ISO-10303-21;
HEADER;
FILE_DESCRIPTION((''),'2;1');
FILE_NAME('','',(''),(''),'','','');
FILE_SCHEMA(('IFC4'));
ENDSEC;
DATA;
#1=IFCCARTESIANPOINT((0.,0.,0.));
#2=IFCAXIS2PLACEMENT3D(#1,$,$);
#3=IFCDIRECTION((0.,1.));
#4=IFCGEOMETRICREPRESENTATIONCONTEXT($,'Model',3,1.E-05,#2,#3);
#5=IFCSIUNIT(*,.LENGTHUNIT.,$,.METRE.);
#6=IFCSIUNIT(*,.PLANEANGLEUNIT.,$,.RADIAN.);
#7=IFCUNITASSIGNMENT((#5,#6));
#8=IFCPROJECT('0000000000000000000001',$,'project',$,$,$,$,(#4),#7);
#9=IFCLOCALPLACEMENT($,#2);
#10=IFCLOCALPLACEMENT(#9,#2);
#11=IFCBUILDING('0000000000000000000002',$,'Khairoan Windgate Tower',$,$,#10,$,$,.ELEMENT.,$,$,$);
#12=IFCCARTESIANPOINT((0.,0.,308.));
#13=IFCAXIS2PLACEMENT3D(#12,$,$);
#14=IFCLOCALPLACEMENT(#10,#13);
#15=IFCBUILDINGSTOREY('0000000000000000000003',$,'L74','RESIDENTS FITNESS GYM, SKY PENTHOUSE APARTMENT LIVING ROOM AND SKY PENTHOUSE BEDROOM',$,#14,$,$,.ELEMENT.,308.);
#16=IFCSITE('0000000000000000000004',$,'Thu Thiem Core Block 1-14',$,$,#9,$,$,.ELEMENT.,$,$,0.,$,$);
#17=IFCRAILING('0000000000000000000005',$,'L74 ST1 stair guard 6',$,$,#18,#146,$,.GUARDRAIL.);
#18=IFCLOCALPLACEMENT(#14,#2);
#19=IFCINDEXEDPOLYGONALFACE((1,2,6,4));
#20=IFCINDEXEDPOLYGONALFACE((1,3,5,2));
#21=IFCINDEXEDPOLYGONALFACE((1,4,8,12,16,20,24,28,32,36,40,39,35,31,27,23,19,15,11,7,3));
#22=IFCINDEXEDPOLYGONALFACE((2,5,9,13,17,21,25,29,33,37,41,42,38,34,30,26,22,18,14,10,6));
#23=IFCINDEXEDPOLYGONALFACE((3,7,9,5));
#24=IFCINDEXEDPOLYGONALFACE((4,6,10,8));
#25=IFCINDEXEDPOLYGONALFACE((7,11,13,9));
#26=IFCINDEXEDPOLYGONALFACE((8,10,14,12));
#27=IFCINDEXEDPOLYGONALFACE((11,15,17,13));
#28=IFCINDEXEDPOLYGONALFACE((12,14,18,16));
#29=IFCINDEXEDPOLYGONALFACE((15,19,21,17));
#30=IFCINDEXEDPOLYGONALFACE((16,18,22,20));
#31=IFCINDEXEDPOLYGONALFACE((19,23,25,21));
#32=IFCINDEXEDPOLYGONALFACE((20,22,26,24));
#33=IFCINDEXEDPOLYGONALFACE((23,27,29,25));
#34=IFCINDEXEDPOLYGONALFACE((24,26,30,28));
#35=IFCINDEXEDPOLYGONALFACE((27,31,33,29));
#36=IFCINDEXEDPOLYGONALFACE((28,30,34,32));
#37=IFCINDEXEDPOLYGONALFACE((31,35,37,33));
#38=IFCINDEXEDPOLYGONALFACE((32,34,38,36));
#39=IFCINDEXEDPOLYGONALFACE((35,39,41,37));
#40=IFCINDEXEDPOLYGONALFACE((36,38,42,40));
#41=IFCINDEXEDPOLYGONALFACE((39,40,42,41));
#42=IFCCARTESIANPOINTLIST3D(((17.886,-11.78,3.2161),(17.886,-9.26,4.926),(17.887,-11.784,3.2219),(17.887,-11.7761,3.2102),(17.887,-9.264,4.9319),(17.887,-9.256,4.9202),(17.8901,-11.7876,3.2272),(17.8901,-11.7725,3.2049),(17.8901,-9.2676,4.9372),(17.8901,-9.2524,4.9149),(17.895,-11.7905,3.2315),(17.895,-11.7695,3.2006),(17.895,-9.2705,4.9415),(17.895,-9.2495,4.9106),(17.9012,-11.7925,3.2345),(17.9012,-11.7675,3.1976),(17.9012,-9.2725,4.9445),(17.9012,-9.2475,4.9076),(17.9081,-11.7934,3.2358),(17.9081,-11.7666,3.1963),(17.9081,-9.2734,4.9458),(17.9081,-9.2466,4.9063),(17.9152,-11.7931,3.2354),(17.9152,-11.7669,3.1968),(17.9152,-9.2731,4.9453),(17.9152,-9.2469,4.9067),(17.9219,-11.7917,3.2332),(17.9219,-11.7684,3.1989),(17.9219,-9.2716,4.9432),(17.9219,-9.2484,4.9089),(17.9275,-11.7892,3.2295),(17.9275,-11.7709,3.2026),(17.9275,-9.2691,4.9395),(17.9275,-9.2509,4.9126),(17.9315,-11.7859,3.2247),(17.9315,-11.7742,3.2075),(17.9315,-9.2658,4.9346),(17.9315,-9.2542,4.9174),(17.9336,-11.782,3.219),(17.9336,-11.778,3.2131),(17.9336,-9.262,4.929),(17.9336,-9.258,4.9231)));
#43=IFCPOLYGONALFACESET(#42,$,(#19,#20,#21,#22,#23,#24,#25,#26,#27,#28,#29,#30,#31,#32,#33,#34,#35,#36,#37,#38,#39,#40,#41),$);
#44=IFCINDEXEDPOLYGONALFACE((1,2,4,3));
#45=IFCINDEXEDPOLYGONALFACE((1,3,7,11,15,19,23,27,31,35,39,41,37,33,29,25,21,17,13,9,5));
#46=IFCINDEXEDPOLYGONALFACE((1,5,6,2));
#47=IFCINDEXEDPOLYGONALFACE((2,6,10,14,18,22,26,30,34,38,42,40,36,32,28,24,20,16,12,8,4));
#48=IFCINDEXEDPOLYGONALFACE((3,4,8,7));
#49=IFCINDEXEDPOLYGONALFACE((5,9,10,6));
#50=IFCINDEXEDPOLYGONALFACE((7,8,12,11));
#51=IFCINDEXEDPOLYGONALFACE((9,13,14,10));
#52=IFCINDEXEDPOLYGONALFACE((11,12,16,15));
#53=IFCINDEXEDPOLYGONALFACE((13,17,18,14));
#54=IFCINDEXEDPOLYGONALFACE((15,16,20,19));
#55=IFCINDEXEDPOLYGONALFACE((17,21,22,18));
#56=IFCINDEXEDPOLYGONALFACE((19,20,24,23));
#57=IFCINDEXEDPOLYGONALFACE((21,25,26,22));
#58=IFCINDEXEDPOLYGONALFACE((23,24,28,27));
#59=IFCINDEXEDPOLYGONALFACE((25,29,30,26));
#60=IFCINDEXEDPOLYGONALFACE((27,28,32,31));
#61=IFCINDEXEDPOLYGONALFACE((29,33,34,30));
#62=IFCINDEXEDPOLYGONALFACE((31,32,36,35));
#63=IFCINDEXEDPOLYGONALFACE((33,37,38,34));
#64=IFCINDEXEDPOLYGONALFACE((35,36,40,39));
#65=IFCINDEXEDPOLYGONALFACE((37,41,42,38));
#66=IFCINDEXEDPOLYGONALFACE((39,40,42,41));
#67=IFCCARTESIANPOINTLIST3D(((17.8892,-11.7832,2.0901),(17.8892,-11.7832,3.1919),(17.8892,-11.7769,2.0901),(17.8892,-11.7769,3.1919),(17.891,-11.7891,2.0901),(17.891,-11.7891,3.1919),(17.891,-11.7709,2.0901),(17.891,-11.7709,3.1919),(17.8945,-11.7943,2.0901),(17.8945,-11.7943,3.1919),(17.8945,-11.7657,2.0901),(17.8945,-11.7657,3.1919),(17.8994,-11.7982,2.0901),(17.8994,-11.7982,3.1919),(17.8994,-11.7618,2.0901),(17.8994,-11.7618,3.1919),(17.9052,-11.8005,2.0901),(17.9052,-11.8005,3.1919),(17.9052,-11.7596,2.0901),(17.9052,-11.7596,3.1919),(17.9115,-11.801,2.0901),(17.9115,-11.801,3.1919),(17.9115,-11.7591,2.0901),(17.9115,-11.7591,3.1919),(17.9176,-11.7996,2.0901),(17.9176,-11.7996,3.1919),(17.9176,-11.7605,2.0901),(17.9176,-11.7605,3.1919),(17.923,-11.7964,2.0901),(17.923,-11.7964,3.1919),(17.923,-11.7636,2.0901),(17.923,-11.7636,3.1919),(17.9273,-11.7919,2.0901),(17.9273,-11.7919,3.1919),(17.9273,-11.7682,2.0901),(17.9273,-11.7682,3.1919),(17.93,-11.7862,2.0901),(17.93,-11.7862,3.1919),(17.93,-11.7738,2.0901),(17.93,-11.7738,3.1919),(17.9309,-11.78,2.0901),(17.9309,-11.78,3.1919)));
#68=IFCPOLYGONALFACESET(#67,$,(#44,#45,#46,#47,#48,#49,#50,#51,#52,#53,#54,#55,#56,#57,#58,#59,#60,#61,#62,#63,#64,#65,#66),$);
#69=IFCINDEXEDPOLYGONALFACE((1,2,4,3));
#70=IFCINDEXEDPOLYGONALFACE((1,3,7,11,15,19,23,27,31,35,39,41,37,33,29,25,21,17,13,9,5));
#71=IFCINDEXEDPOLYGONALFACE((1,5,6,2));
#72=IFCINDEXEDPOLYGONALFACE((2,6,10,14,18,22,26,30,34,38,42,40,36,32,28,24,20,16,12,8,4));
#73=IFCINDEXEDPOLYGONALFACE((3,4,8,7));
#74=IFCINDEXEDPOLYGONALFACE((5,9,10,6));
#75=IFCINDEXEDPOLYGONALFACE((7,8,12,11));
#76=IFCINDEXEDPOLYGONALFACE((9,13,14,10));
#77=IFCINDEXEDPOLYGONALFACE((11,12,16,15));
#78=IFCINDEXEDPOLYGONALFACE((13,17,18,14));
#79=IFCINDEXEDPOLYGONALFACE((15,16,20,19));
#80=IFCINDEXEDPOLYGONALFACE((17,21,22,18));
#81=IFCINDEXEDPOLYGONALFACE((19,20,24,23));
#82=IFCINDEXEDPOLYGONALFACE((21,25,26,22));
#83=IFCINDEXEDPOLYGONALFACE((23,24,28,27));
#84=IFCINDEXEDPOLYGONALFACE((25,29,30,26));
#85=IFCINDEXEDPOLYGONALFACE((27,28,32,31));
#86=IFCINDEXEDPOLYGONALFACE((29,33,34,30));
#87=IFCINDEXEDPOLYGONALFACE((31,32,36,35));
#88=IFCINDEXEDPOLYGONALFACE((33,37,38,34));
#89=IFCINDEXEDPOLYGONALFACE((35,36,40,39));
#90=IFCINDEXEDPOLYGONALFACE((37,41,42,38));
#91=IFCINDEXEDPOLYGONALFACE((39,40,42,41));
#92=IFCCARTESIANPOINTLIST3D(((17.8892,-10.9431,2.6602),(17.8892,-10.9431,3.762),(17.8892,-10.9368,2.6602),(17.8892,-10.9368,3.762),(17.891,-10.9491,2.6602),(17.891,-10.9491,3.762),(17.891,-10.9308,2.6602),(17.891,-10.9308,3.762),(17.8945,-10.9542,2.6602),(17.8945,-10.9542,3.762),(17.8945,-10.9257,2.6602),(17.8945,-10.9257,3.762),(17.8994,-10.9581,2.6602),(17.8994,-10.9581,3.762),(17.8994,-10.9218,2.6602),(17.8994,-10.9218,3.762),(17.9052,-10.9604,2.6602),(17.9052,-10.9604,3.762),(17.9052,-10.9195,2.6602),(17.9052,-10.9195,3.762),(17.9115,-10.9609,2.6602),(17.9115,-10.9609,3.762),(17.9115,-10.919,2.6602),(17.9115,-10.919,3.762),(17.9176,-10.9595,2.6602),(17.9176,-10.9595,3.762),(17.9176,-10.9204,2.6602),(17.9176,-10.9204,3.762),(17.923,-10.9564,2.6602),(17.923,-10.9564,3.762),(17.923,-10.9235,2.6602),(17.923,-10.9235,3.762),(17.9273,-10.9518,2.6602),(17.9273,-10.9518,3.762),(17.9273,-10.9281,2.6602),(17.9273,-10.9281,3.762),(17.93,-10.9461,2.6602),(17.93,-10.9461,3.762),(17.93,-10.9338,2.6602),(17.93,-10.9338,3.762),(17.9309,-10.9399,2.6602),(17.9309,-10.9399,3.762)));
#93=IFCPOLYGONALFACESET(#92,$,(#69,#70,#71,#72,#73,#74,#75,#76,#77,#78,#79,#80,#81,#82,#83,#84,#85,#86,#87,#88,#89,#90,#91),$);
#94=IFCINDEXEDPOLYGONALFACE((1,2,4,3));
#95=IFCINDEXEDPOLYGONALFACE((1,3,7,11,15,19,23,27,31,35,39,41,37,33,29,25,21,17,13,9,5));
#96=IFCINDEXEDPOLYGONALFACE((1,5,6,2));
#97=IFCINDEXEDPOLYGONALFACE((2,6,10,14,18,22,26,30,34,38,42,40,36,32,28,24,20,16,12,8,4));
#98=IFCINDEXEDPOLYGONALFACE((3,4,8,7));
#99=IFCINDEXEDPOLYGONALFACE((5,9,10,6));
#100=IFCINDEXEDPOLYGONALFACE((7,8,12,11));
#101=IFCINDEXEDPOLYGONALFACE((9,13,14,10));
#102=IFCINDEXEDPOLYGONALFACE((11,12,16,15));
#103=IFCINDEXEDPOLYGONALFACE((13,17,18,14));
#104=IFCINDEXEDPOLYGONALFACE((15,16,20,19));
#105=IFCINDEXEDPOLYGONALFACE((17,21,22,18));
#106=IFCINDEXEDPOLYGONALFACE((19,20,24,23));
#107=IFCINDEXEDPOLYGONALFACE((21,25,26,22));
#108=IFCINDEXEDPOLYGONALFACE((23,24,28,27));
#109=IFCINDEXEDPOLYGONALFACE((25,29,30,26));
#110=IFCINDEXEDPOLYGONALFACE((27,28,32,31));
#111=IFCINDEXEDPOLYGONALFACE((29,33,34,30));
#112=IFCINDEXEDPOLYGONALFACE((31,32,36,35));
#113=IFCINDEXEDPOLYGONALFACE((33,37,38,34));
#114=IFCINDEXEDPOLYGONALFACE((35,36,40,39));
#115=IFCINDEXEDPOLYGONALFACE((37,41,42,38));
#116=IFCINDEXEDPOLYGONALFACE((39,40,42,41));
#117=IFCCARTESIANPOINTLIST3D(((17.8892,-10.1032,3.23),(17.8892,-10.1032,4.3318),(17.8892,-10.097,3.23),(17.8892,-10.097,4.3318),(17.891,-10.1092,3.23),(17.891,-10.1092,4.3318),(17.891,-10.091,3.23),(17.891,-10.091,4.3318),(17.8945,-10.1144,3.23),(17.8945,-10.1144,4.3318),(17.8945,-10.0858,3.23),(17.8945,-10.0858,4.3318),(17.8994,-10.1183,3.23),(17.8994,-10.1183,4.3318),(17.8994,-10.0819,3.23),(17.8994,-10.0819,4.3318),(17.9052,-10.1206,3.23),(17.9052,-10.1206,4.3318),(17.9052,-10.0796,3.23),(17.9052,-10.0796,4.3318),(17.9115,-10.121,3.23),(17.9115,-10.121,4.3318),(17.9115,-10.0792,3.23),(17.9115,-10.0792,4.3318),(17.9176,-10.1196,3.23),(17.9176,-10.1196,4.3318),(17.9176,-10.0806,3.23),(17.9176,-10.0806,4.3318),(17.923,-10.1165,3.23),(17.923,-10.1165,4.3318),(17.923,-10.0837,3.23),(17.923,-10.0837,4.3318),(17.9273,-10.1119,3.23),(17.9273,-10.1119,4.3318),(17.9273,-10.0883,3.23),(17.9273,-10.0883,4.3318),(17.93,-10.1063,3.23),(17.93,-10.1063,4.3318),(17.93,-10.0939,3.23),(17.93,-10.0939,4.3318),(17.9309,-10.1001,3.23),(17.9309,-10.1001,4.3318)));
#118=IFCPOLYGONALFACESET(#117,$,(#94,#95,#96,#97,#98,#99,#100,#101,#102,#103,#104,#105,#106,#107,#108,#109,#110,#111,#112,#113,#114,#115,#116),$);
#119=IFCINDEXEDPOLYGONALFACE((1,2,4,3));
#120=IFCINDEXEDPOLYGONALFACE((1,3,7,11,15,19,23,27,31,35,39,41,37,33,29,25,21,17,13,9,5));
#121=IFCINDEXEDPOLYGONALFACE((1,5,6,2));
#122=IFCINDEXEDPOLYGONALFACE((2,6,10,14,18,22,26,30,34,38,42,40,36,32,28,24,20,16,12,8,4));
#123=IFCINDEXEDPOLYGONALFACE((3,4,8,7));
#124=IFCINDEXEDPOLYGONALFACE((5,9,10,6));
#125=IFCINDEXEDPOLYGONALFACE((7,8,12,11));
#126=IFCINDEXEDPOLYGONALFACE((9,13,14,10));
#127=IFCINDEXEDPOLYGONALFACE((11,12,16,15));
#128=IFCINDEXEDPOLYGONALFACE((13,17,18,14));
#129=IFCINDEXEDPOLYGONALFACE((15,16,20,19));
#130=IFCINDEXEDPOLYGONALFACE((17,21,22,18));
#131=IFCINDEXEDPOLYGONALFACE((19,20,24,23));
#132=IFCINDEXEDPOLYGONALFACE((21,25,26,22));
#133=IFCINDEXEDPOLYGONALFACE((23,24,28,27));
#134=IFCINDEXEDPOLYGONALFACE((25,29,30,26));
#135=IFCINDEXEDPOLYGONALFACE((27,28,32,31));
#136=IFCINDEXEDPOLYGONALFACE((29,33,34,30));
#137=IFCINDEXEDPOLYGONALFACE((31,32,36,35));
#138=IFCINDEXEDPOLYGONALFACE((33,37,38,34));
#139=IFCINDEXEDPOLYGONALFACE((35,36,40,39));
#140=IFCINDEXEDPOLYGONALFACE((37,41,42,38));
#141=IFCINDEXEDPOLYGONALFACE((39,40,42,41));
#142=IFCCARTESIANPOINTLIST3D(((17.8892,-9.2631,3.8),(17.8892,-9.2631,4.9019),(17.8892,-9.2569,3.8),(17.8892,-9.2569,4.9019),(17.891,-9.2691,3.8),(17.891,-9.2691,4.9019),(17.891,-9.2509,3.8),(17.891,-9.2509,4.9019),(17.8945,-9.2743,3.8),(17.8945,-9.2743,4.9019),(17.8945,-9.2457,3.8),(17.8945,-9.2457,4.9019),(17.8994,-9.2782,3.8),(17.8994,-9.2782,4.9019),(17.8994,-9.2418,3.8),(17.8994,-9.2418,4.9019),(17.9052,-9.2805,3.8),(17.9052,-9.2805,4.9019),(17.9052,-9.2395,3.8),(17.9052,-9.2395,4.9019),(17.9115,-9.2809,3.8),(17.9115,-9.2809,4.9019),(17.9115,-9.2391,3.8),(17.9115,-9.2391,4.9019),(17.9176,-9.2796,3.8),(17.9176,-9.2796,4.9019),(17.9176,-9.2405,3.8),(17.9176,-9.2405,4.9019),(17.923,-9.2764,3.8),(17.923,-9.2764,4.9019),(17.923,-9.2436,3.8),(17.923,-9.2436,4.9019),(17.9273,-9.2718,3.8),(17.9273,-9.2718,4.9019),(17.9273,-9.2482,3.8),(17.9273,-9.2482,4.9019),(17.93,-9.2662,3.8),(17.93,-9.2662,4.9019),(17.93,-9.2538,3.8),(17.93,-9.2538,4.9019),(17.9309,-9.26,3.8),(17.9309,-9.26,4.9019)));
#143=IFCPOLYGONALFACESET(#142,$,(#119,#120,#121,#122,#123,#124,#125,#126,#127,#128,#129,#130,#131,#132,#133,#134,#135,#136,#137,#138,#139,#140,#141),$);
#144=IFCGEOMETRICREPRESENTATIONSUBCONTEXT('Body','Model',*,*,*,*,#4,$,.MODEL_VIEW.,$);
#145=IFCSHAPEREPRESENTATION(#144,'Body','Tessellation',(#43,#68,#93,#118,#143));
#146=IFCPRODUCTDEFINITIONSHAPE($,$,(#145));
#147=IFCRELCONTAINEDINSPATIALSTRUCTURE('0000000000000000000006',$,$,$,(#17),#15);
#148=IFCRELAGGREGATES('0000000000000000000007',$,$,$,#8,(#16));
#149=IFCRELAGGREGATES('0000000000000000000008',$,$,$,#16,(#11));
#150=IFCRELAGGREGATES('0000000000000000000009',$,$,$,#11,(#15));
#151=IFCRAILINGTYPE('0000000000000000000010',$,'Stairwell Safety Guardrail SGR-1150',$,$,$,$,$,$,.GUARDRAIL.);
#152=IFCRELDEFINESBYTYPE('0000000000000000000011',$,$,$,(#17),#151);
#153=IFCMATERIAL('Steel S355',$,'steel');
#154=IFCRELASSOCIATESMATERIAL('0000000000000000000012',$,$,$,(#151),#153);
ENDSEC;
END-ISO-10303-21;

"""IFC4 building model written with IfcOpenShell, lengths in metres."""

from ifc_helpers import new_model, si_unit, direction, frame, origin, origin_2d, place, context, subcontext, project, spatial, circle, extrude, material, type_object, element, save


model = new_model("IFC4")

# Units and contexts
model_context = context("Model", 3, precision=1e-05, world=origin(), true_north=direction((0.0, 1.0)))
body_context = subcontext(model_context, "Body", "Model", "MODEL_VIEW")
ifc_project = project(units=[si_unit("LENGTHUNIT", "METRE"), si_unit("PLANEANGLEUNIT", "RADIAN")], contexts=[model_context])

# Site, building, storey
site_placement = place(None, origin())
site = spatial("IfcSite", under=ifc_project, at=site_placement, Name="Thu Thiem Core Block 1-14", CompositionType="ELEMENT", RefElevation=0.0)
building_placement = place(site_placement, origin())
building = spatial("IfcBuilding", under=site, at=building_placement, Name="Khairoan Windgate Tower", CompositionType="ELEMENT")
storey_placement = place(building_placement, frame((0.0, 0.0, 308.0)))
storey = spatial("IfcBuildingStorey", under=building, at=storey_placement, Name="L74", Description="RESIDENTS FITNESS GYM, SKY PENTHOUSE APARTMENT LIVING ROOM AND SKY PENTHOUSE BEDROOM", CompositionType="ELEMENT", Elevation=308.0)

# Railing
ifc_material_1 = material(Name="Steel S355", Category="steel")
railing_type_1 = type_object("IfcRailingType", Name="Stairwell Safety Guardrail SGR-1150", PredefinedType="GUARDRAIL", material=ifc_material_1)
railing_1_placement = place(storey_placement, frame((17.9099, -11.78, 2.0901)))
element("IfcRailing", 1, at=railing_1_placement, inside=storey, type_object=railing_type_1, Name="L74 ST1 stair guard 6", PredefinedType="GUARDRAIL", context=body_context, shape_type="SweptSolid", body=[
    extrude(circle(Radius=0.0239, at=origin_2d()), frame((0.0, 0.0, 1.126), z_axis=(0.0, 0.827484, 0.56149), x_axis=(-1.0, 0.0, 0.0)), (0.0, 0.0, 1.0), 3.0454),
    extrude(circle(Radius=0.021, at=origin_2d()), origin(), (0.0, 0.0, 1.0), 1.1018),
    extrude(circle(Radius=0.021, at=origin_2d()), frame((0.0, 0.8401, 0.5701)), (0.0, 0.0, 1.0), 1.1018),
    extrude(circle(Radius=0.021, at=origin_2d()), frame((0.0, 1.6799, 1.1399)), (0.0, 0.0, 1.0), 1.1018),
    extrude(circle(Radius=0.021, at=origin_2d()), frame((0.0, 2.52, 1.71)), (0.0, 0.0, 1.0), 1.1018),
])

save(model, "model.ifc")
